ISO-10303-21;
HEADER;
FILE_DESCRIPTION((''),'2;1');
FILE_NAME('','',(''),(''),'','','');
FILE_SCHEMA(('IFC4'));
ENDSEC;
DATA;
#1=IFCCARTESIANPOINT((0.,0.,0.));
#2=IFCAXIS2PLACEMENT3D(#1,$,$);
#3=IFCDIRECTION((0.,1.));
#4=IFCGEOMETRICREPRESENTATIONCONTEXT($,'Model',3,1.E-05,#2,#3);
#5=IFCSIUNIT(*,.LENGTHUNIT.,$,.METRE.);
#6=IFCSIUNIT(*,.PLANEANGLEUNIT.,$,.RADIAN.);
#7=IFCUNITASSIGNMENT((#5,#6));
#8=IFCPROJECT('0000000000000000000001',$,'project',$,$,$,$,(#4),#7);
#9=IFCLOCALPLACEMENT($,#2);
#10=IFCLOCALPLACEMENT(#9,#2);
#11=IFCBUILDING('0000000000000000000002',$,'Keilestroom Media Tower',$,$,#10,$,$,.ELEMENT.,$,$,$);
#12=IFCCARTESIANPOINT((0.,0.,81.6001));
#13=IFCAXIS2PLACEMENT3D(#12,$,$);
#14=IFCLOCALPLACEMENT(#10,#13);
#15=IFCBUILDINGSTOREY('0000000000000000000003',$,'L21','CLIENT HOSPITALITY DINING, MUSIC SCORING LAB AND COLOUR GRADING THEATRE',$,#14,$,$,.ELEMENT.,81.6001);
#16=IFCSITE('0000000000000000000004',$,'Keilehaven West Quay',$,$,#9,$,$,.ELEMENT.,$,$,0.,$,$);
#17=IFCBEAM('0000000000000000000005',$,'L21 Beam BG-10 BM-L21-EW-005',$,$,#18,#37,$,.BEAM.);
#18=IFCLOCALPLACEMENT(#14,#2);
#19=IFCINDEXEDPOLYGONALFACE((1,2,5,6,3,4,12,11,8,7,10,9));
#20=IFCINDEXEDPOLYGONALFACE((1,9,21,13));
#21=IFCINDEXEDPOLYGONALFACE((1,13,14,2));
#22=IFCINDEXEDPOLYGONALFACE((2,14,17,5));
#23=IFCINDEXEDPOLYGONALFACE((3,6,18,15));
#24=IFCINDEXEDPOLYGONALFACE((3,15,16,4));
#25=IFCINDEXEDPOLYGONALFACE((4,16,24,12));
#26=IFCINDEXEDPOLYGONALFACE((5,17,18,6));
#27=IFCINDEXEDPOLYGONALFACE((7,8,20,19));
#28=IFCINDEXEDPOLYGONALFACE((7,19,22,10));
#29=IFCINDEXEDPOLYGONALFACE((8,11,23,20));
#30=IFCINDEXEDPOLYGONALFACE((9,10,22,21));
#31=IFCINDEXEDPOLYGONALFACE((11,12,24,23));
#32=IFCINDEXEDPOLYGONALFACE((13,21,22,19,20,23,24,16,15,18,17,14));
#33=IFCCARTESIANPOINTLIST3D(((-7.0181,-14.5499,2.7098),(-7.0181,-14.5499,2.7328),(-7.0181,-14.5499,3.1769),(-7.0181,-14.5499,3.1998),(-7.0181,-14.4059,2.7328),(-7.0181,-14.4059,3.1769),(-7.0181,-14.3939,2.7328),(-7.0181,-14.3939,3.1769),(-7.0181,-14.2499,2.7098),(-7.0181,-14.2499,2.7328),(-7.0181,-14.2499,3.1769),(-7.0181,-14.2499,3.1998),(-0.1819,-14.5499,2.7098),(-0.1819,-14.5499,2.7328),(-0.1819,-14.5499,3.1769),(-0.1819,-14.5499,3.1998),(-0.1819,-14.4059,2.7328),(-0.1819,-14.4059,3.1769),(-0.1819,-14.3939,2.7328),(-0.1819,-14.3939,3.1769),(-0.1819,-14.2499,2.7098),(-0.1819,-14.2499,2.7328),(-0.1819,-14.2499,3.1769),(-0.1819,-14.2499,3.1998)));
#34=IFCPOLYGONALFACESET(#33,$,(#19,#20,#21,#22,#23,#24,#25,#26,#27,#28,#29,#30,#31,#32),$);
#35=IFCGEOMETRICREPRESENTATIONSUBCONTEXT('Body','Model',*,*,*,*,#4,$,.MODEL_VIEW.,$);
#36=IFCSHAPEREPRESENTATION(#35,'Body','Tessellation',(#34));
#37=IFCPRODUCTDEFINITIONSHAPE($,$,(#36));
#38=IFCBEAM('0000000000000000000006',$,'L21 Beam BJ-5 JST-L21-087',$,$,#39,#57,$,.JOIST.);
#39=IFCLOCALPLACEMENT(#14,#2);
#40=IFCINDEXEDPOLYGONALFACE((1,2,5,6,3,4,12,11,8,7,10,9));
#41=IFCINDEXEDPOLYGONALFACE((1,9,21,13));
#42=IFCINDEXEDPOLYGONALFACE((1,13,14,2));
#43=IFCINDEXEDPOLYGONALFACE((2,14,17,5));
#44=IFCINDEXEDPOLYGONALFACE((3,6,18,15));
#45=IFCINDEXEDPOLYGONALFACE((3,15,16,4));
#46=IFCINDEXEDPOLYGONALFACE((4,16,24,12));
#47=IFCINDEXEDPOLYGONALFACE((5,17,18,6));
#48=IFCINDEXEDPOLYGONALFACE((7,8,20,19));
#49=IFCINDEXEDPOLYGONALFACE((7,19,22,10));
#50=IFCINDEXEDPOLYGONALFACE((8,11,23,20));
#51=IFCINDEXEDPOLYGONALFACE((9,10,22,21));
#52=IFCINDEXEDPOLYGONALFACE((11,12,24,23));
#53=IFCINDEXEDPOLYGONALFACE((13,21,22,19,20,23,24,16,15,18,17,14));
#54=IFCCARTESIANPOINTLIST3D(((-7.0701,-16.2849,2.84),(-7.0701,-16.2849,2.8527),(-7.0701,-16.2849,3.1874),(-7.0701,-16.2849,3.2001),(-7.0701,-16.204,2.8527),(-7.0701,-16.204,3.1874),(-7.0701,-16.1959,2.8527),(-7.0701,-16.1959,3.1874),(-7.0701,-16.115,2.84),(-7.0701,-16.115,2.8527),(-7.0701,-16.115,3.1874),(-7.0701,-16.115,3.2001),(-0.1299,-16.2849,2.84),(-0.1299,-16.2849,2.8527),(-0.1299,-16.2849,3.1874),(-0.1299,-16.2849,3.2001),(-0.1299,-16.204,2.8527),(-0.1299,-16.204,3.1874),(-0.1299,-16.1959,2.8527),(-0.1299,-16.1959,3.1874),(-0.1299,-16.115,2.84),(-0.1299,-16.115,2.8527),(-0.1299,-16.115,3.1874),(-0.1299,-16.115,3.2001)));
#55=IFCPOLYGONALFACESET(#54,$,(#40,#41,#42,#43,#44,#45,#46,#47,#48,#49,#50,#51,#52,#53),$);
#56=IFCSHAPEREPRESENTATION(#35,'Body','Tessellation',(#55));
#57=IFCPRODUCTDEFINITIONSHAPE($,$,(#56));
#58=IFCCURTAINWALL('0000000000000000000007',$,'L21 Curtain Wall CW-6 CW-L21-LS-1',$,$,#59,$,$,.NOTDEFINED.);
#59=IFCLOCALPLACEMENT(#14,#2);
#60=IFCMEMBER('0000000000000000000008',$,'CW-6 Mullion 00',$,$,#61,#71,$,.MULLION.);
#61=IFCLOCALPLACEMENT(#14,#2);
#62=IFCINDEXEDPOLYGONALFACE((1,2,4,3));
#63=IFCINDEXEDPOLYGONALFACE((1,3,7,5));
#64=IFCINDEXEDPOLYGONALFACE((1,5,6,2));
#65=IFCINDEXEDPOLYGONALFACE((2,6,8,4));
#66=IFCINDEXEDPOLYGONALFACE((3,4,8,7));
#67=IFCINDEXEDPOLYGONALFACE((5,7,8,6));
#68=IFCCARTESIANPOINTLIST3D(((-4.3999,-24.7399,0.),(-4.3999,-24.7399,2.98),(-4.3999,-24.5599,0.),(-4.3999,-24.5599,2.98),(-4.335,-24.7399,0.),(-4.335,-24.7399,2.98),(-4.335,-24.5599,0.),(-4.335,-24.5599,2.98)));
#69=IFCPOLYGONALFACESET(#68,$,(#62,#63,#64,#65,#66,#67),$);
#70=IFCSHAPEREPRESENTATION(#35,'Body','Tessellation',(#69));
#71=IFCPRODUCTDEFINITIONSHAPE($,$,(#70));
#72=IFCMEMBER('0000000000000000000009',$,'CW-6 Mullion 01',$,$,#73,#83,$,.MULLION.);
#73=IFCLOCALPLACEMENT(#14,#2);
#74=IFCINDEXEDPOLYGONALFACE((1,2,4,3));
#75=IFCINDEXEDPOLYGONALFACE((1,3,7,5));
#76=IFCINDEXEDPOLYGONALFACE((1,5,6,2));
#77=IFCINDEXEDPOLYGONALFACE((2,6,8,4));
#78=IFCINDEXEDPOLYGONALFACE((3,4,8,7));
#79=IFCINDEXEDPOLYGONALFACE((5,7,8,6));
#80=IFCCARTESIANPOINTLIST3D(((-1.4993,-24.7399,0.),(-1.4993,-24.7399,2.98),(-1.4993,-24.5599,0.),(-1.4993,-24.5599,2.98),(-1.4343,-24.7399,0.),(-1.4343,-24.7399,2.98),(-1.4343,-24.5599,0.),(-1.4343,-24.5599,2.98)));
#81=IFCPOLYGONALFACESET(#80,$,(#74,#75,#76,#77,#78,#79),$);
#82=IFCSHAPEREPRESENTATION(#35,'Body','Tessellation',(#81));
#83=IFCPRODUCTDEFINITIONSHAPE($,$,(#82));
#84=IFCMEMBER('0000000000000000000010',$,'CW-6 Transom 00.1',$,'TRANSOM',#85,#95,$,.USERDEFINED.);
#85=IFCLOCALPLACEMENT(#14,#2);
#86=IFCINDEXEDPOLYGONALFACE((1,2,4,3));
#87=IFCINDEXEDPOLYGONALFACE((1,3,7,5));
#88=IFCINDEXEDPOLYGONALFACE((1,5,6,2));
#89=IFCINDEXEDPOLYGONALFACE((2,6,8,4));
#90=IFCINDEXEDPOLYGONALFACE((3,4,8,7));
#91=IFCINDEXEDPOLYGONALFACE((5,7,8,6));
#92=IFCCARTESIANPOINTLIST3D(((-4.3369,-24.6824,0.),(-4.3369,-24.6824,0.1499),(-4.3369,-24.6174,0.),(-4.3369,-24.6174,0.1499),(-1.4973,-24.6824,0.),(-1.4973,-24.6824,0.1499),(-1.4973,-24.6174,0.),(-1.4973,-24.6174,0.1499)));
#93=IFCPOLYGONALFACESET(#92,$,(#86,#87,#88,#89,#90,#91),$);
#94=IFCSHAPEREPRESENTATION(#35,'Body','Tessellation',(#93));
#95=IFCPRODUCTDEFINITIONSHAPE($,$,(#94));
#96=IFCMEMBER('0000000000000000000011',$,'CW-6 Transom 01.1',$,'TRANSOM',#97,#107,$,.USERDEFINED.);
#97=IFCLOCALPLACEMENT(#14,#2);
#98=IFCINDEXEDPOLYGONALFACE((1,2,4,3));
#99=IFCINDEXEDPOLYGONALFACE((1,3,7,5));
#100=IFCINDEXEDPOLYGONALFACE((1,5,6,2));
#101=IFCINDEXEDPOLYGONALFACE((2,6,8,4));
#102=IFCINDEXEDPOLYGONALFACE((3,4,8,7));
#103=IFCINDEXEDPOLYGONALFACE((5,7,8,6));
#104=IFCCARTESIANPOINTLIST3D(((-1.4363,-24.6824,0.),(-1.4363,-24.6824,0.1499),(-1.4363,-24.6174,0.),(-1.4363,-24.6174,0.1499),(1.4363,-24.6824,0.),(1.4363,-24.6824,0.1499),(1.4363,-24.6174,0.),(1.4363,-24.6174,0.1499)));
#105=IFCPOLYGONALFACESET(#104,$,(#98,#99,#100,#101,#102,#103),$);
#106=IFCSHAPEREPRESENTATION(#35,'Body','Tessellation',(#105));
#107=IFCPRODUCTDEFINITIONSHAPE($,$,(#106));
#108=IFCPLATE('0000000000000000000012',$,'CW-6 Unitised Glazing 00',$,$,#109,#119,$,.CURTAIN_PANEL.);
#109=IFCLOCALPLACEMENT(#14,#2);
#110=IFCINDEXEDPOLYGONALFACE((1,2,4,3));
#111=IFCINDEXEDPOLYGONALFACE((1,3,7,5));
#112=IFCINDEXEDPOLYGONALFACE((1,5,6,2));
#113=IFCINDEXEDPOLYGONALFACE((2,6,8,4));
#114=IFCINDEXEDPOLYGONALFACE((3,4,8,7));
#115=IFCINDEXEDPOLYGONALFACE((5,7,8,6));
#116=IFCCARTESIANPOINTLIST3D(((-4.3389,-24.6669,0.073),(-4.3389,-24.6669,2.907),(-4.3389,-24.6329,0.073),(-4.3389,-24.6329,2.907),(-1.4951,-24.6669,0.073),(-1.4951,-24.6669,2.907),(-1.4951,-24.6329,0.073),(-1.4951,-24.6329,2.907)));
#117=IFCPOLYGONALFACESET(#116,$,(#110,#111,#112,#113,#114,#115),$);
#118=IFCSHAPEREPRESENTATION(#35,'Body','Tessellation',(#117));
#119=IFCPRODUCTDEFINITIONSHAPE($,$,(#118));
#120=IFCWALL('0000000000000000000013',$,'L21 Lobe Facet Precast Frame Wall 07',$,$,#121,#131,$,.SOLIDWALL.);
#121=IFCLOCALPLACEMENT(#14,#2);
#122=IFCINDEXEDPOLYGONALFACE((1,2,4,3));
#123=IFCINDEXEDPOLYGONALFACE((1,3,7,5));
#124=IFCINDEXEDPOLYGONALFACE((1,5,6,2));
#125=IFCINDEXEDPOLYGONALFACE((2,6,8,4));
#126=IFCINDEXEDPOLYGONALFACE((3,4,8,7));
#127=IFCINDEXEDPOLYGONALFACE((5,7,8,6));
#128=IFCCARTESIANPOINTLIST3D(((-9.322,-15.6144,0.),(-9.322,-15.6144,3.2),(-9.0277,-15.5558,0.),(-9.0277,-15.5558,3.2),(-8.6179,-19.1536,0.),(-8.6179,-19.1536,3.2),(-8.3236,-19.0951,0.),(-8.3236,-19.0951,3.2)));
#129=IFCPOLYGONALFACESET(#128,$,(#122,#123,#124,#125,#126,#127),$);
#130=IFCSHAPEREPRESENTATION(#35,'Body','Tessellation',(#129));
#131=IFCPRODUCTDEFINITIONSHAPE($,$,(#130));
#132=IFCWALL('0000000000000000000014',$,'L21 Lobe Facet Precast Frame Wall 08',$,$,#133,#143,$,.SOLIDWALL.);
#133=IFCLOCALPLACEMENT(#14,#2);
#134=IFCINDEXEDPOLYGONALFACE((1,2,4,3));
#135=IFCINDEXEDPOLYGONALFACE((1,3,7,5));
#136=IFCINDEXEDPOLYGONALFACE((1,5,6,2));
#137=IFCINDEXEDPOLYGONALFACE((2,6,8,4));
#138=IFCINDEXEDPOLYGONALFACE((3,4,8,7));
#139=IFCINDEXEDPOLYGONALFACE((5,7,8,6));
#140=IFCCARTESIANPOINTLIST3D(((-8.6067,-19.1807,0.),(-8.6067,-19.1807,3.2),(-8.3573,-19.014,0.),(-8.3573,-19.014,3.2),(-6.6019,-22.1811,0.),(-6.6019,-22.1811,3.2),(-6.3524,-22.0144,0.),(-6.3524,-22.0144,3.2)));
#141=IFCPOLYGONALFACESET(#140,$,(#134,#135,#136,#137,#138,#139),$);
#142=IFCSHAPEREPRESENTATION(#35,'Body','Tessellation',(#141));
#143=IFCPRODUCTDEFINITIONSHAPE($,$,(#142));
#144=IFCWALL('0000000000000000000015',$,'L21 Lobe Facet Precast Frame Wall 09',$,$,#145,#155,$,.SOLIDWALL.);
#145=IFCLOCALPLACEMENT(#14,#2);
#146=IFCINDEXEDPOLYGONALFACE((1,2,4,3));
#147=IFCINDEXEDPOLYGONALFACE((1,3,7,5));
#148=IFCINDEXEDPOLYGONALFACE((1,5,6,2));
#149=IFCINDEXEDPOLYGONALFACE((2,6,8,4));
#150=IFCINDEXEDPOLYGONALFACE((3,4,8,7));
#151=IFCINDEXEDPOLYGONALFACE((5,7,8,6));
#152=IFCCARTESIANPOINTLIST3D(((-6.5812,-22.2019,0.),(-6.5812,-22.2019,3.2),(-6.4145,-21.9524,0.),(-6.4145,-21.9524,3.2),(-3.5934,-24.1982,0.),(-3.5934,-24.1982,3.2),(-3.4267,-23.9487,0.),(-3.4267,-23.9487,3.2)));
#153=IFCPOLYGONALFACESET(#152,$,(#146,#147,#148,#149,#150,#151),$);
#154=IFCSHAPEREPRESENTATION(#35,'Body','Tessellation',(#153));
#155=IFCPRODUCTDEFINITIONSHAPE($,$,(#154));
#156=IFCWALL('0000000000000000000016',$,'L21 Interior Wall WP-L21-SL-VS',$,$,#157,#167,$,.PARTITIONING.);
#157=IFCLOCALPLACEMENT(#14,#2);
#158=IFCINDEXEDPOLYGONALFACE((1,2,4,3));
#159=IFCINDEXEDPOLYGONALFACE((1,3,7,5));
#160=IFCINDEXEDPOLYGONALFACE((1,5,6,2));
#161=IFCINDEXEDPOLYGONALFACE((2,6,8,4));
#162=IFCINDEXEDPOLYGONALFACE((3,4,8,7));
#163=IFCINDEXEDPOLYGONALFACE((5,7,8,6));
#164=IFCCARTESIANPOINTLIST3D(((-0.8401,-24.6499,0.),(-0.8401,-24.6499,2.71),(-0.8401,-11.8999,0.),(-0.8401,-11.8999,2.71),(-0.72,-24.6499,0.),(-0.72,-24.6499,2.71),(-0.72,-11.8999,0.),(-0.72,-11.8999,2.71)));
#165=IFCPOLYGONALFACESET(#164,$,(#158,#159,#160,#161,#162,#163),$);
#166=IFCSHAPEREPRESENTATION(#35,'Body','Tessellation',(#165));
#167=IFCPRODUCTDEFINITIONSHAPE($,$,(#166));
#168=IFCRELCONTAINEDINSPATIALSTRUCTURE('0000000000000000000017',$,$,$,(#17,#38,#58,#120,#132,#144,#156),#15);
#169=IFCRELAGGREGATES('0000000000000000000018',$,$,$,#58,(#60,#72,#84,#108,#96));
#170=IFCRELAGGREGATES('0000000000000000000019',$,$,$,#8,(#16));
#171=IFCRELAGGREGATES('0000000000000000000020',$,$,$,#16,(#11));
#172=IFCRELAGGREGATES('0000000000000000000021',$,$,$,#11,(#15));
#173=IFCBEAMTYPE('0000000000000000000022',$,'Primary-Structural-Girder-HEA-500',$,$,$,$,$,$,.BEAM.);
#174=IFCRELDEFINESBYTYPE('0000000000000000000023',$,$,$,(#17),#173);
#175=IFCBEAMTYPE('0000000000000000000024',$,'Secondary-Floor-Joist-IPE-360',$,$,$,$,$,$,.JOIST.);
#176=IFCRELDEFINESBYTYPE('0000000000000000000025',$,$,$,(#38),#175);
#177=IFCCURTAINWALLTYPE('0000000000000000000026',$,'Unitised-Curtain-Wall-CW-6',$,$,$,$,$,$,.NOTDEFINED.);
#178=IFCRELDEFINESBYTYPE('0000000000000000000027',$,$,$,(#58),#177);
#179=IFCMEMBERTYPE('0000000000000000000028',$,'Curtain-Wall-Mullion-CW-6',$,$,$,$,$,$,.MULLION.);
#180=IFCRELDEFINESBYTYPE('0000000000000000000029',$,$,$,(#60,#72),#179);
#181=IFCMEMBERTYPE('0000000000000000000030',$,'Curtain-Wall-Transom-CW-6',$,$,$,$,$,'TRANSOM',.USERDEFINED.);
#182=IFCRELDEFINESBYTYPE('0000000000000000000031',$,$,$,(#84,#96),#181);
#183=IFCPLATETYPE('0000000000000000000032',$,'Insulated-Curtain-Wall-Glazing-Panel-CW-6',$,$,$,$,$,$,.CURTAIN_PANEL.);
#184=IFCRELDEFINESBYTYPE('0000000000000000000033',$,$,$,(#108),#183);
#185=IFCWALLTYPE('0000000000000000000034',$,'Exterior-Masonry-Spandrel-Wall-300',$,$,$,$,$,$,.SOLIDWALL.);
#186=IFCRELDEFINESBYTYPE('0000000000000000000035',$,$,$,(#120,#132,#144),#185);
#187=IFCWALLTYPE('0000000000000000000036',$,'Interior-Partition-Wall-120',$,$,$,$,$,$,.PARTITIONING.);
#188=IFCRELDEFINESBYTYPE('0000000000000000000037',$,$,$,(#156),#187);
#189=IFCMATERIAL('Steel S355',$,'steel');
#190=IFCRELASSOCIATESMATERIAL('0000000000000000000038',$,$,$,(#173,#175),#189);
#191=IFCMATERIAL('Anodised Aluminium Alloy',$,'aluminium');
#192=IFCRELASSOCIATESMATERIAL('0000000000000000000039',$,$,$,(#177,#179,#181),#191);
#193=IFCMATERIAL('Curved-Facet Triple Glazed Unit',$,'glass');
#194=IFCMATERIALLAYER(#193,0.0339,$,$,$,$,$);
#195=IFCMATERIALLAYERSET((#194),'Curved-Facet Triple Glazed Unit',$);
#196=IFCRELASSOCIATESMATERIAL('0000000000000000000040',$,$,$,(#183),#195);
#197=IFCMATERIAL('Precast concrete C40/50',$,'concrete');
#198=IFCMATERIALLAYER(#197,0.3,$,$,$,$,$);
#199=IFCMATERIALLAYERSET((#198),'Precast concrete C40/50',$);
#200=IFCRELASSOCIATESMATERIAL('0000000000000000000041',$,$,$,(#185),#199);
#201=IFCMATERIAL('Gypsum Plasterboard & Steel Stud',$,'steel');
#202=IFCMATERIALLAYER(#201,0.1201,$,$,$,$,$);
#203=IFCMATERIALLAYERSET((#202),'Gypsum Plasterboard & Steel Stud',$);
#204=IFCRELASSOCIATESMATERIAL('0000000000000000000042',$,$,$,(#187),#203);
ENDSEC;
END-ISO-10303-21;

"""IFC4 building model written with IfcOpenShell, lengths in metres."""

from ifc_helpers import new_model, si_unit, direction, frame, frame_2d, origin, origin_2d, place, context, subcontext, project, spatial, rectangle, i_section, extrude, source, transform, mapped, material, layer, layer_set, material_profile, profile_set, type_object, element, aggregate, save


model = new_model("IFC4")

# Units and contexts
model_context = context("Model", 3, precision=1e-05, world=origin(), true_north=direction((0.0, 1.0)))
body_context = subcontext(model_context, "Body", "Model", "MODEL_VIEW")
ifc_project = project(units=[si_unit("LENGTHUNIT", "METRE"), si_unit("PLANEANGLEUNIT", "RADIAN")], contexts=[model_context])

# Site, building, storey
site_placement = place(None, origin())
site = spatial("IfcSite", under=ifc_project, at=site_placement, Name="Keilehaven West Quay", CompositionType="ELEMENT", RefElevation=0.0)
building_placement = place(site_placement, origin())
building = spatial("IfcBuilding", under=site, at=building_placement, Name="Keilestroom Media Tower", CompositionType="ELEMENT")
storey_placement = place(building_placement, frame((0.0, 0.0, 81.6001)))
storey = spatial("IfcBuildingStorey", under=building, at=storey_placement, Name="L21", Description="CLIENT HOSPITALITY DINING, MUSIC SCORING LAB AND COLOUR GRADING THEATRE", CompositionType="ELEMENT", Elevation=81.6001)

# Beams
ifc_material_1 = material(Name="Steel S355", Category="steel")
ifc_material_profile_1 = material_profile(ifc_material_1, i_section(OverallWidth=0.3, OverallDepth=0.49, WebThickness=0.012, FlangeThickness=0.0229, at=origin_2d()), Name="HEA 500")
ifc_profile_set_1 = profile_set([ifc_material_profile_1], Name="Steel S355")
beam_type_1 = type_object("IfcBeamType", Name="Primary-Structural-Girder-HEA-500", PredefinedType="BEAM", material=ifc_profile_set_1)
shared_shape_1 = source(origin(), body_context, "Body", "SweptSolid", [
    extrude(i_section(OverallWidth=0.3, OverallDepth=0.49, WebThickness=0.012, FlangeThickness=0.0229, at=origin_2d()), origin(), (0.0, 0.0, 1.0), 6.8362),
])
for number, where, z_axis, x_axis, name in (
    (1, (-7.0181, -14.3999, 2.9548), (1.0, 0.0, 0.0), (0.0, 1.0, 0.0), "L21 Beam BG-10 BM-L21-EW-005"),
):
    element("IfcBeam", number, at=place(storey_placement, frame(where, z_axis=z_axis, x_axis=x_axis)), inside=storey, type_object=beam_type_1, Name=name, PredefinedType="BEAM", context=body_context, shape_type="MappedRepresentation", body=[
        mapped(shared_shape_1, transform((0.0, 0.0, 0.0), x_axis=(1.0, 0.0, 0.0), y_axis=(0.0, 1.0, 0.0), z_axis=(0.0, 0.0, 1.0), scale=1.0)),
    ])
ifc_material_profile_2 = material_profile(ifc_material_1, i_section(OverallWidth=0.1699, OverallDepth=0.3601, WebThickness=0.0081, FlangeThickness=0.0127, at=origin_2d()), Name="IPE 360")
ifc_profile_set_2 = profile_set([ifc_material_profile_2], Name="Steel S355")
beam_type_2 = type_object("IfcBeamType", Name="Secondary-Floor-Joist-IPE-360", PredefinedType="JOIST", material=ifc_profile_set_2)
shared_shape_2 = source(origin(), body_context, "Body", "SweptSolid", [
    extrude(i_section(OverallWidth=0.1699, OverallDepth=0.3601, WebThickness=0.0081, FlangeThickness=0.0127, at=origin_2d()), origin(), (0.0, 0.0, 1.0), 6.9402),
])
beam_1_placement = place(storey_placement, frame((-7.0701, -16.2, 3.02), z_axis=(1.0, 0.0, 0.0), x_axis=(0.0, 1.0, 0.0)))
element("IfcBeam", 2, at=beam_1_placement, inside=storey, type_object=beam_type_2, Name="L21 Beam BJ-5 JST-L21-087", PredefinedType="JOIST", context=body_context, shape_type="MappedRepresentation", body=[
    mapped(shared_shape_2, transform((0.0, 0.0, 0.0), x_axis=(1.0, 0.0, 0.0), y_axis=(0.0, 1.0, 0.0), z_axis=(0.0, 0.0, 1.0), scale=1.0)),
])

# Curtain wall, members, plate
ifc_material_2 = material(Name="Anodised Aluminium Alloy", Category="aluminium")
curtain_wall_type = type_object("IfcCurtainWallType", Name="Unitised-Curtain-Wall-CW-6", PredefinedType="NOTDEFINED", material=ifc_material_2)
curtain_wall_placement = place(storey_placement, origin())
curtain_wall = element("IfcCurtainWall", 3, at=curtain_wall_placement, inside=storey, type_object=curtain_wall_type, Name="L21 Curtain Wall CW-6 CW-L21-LS-1", PredefinedType="NOTDEFINED")
ifc_material_profile_3 = material_profile(ifc_material_2, rectangle(XDim=0.0649, YDim=0.1799, at=origin_2d()), Name="ALU MULLION 65x180")
ifc_profile_set_3 = profile_set([ifc_material_profile_3], Name="Anodised Aluminium Alloy")
member_type_1 = type_object("IfcMemberType", Name="Curtain-Wall-Mullion-CW-6", PredefinedType="MULLION", material=ifc_profile_set_3)
shared_shape_3 = source(origin(), body_context, "Body", "SweptSolid", [
    extrude(rectangle(XDim=0.0649, YDim=0.1799, at=origin_2d()), origin(), (0.0, 0.0, 1.0), 2.98),
])
member_1_placement = place(storey_placement, frame((-4.3674, -24.6499, 0.0), z_axis=(0.0, 0.0, 1.0), x_axis=(1.0, 0.0, 0.0)))
member_1 = element("IfcMember", 4, at=member_1_placement, type_object=member_type_1, Name="CW-6 Mullion 00", PredefinedType="MULLION", context=body_context, shape_type="MappedRepresentation", body=[
    mapped(shared_shape_3, transform((0.0, 0.0, 0.0), x_axis=(1.0, 0.0, 0.0), y_axis=(0.0, 1.0, 0.0), z_axis=(0.0, 0.0, 1.0), scale=1.0)),
])
member_2_placement = place(storey_placement, frame((-1.4668, -24.6499, 0.0), z_axis=(0.0, 0.0, 1.0), x_axis=(1.0, 0.0, 0.0)))
member_2 = element("IfcMember", 5, at=member_2_placement, type_object=member_type_1, Name="CW-6 Mullion 01", PredefinedType="MULLION", context=body_context, shape_type="MappedRepresentation", body=[
    mapped(shared_shape_3, transform((0.0, 0.0, 0.0), x_axis=(1.0, 0.0, 0.0), y_axis=(0.0, 1.0, 0.0), z_axis=(0.0, 0.0, 1.0), scale=1.0)),
])
ifc_material_profile_4 = material_profile(ifc_material_2, rectangle(XDim=0.0649, YDim=0.1499, at=origin_2d()), Name="ALU TRANSOM 65x150")
ifc_profile_set_4 = profile_set([ifc_material_profile_4], Name="Anodised Aluminium Alloy")
member_type_2 = type_object("IfcMemberType", Name="Curtain-Wall-Transom-CW-6", ElementType="TRANSOM", PredefinedType="USERDEFINED", material=ifc_profile_set_4)
shared_shape_4 = source(origin(), body_context, "Body", "SweptSolid", [
    extrude(rectangle(XDim=0.0649, YDim=0.1499, at=origin_2d()), origin(), (0.0, 0.0, 1.0), 2.8396),
])
member_3_placement = place(storey_placement, frame((-4.3369, -24.6499, 0.075), z_axis=(1.0, 0.0, 0.0), x_axis=(0.0, 1.0, 0.0)))
member_3 = element("IfcMember", 6, at=member_3_placement, type_object=member_type_2, Name="CW-6 Transom 00.1", ObjectType="TRANSOM", PredefinedType="USERDEFINED", context=body_context, shape_type="MappedRepresentation", body=[
    mapped(shared_shape_4, transform((0.0, 0.0, 0.0), x_axis=(1.0, 0.0, 0.0), y_axis=(0.0, 1.0, 0.0), z_axis=(0.0, 0.0, 1.0), scale=1.0)),
])
shared_shape_5 = source(origin(), body_context, "Body", "SweptSolid", [
    extrude(rectangle(XDim=0.0649, YDim=0.1499, at=origin_2d()), origin(), (0.0, 0.0, 1.0), 2.8726),
])
member_4_placement = place(storey_placement, frame((-1.4363, -24.6499, 0.075), z_axis=(1.0, 0.0, 0.0), x_axis=(0.0, 1.0, 0.0)))
member_4 = element("IfcMember", 7, at=member_4_placement, type_object=member_type_2, Name="CW-6 Transom 01.1", ObjectType="TRANSOM", PredefinedType="USERDEFINED", context=body_context, shape_type="MappedRepresentation", body=[
    mapped(shared_shape_5, transform((0.0, 0.0, 0.0), x_axis=(1.0, 0.0, 0.0), y_axis=(0.0, 1.0, 0.0), z_axis=(0.0, 0.0, 1.0), scale=1.0)),
])
ifc_material_3 = material(Name="Curved-Facet Triple Glazed Unit", Category="glass")
ifc_layer_1 = layer(ifc_material_3, 0.0339)
ifc_layer_set_1 = layer_set([ifc_layer_1], Name="Curved-Facet Triple Glazed Unit")
plate_type = type_object("IfcPlateType", Name="Insulated-Curtain-Wall-Glazing-Panel-CW-6", PredefinedType="CURTAIN_PANEL", material=ifc_layer_set_1)
shared_shape_6 = source(origin(), body_context, "Body", "SweptSolid", [
    extrude(rectangle(XDim=2.8438, YDim=0.0339, at=origin_2d()), origin(), (0.0, 0.0, 1.0), 2.834),
])
plate_placement = place(storey_placement, frame((-2.917, -24.6499, 0.073), z_axis=(0.0, 0.0, 1.0), x_axis=(1.0, 0.0, 0.0)))
plate = element("IfcPlate", 8, at=plate_placement, type_object=plate_type, Name="CW-6 Unitised Glazing 00", PredefinedType="CURTAIN_PANEL", context=body_context, shape_type="MappedRepresentation", body=[
    mapped(shared_shape_6, transform((0.0, 0.0, 0.0), x_axis=(1.0, 0.0, 0.0), y_axis=(0.0, 1.0, 0.0), z_axis=(0.0, 0.0, 1.0), scale=1.0)),
])
aggregate(curtain_wall, [member_1, member_2, member_3, plate, member_4])

# Walls
ifc_material_4 = material(Name="Precast concrete C40/50", Category="concrete")
ifc_layer_2 = layer(ifc_material_4, 0.3)
ifc_layer_set_2 = layer_set([ifc_layer_2], Name="Precast concrete C40/50")
wall_type_1 = type_object("IfcWallType", Name="Exterior-Masonry-Spandrel-Wall-300", PredefinedType="SOLIDWALL", material=ifc_layer_set_2)
for number, where, z_axis, x_axis, name in (
    (9, (-9.1748, -15.5852, 0.0), (0.0, 0.0, 1.0), (0.195114, -0.980781, 0.0), "L21 Lobe Facet Precast Frame Wall 07"),
    (10, (-8.4819, -19.0974, 0.0), (0.0, 0.0, 1.0), (0.555574, -0.831467, 0.0), "L21 Lobe Facet Precast Frame Wall 08"),
):
    element("IfcWall", number, at=place(storey_placement, frame(where, z_axis=z_axis, x_axis=x_axis)), inside=storey, type_object=wall_type_1, Name=name, PredefinedType="SOLIDWALL", context=body_context, shape_type="SweptSolid", body=[
        extrude(rectangle(XDim=3.6086, YDim=0.3, at=frame_2d((1.8042, 0.0))), origin(), (0.0, 0.0, 1.0), 3.2),
    ])
wall_1_placement = place(storey_placement, frame((-6.4978, -22.0771, 0.0), z_axis=(0.0, 0.0, 1.0), x_axis=(0.831475, -0.555562, 0.0)))
element("IfcWall", 11, at=wall_1_placement, inside=storey, type_object=wall_type_1, Name="L21 Lobe Facet Precast Frame Wall 09", PredefinedType="SOLIDWALL", context=body_context, shape_type="SweptSolid", body=[
    extrude(rectangle(XDim=3.5933, YDim=0.3, at=frame_2d((1.7966, 0.0))), origin(), (0.0, 0.0, 1.0), 3.2),
])
ifc_material_5 = material(Name="Gypsum Plasterboard & Steel Stud", Category="steel")
ifc_layer_3 = layer(ifc_material_5, 0.1201)
ifc_layer_set_3 = layer_set([ifc_layer_3], Name="Gypsum Plasterboard & Steel Stud")
wall_type_2 = type_object("IfcWallType", Name="Interior-Partition-Wall-120", PredefinedType="PARTITIONING", material=ifc_layer_set_3)
wall_2_placement = place(storey_placement, frame((-0.78, -24.6499, 0.0), z_axis=(0.0, 0.0, 1.0), x_axis=(0.0, 1.0, 0.0)))
element("IfcWall", 12, at=wall_2_placement, inside=storey, type_object=wall_type_2, Name="L21 Interior Wall WP-L21-SL-VS", PredefinedType="PARTITIONING", context=body_context, shape_type="SweptSolid", body=[
    extrude(rectangle(XDim=12.75, YDim=0.1201, at=frame_2d((6.375, 0.0))), origin(), (0.0, 0.0, 1.0), 2.71),
])

save(model, "model.ifc")
